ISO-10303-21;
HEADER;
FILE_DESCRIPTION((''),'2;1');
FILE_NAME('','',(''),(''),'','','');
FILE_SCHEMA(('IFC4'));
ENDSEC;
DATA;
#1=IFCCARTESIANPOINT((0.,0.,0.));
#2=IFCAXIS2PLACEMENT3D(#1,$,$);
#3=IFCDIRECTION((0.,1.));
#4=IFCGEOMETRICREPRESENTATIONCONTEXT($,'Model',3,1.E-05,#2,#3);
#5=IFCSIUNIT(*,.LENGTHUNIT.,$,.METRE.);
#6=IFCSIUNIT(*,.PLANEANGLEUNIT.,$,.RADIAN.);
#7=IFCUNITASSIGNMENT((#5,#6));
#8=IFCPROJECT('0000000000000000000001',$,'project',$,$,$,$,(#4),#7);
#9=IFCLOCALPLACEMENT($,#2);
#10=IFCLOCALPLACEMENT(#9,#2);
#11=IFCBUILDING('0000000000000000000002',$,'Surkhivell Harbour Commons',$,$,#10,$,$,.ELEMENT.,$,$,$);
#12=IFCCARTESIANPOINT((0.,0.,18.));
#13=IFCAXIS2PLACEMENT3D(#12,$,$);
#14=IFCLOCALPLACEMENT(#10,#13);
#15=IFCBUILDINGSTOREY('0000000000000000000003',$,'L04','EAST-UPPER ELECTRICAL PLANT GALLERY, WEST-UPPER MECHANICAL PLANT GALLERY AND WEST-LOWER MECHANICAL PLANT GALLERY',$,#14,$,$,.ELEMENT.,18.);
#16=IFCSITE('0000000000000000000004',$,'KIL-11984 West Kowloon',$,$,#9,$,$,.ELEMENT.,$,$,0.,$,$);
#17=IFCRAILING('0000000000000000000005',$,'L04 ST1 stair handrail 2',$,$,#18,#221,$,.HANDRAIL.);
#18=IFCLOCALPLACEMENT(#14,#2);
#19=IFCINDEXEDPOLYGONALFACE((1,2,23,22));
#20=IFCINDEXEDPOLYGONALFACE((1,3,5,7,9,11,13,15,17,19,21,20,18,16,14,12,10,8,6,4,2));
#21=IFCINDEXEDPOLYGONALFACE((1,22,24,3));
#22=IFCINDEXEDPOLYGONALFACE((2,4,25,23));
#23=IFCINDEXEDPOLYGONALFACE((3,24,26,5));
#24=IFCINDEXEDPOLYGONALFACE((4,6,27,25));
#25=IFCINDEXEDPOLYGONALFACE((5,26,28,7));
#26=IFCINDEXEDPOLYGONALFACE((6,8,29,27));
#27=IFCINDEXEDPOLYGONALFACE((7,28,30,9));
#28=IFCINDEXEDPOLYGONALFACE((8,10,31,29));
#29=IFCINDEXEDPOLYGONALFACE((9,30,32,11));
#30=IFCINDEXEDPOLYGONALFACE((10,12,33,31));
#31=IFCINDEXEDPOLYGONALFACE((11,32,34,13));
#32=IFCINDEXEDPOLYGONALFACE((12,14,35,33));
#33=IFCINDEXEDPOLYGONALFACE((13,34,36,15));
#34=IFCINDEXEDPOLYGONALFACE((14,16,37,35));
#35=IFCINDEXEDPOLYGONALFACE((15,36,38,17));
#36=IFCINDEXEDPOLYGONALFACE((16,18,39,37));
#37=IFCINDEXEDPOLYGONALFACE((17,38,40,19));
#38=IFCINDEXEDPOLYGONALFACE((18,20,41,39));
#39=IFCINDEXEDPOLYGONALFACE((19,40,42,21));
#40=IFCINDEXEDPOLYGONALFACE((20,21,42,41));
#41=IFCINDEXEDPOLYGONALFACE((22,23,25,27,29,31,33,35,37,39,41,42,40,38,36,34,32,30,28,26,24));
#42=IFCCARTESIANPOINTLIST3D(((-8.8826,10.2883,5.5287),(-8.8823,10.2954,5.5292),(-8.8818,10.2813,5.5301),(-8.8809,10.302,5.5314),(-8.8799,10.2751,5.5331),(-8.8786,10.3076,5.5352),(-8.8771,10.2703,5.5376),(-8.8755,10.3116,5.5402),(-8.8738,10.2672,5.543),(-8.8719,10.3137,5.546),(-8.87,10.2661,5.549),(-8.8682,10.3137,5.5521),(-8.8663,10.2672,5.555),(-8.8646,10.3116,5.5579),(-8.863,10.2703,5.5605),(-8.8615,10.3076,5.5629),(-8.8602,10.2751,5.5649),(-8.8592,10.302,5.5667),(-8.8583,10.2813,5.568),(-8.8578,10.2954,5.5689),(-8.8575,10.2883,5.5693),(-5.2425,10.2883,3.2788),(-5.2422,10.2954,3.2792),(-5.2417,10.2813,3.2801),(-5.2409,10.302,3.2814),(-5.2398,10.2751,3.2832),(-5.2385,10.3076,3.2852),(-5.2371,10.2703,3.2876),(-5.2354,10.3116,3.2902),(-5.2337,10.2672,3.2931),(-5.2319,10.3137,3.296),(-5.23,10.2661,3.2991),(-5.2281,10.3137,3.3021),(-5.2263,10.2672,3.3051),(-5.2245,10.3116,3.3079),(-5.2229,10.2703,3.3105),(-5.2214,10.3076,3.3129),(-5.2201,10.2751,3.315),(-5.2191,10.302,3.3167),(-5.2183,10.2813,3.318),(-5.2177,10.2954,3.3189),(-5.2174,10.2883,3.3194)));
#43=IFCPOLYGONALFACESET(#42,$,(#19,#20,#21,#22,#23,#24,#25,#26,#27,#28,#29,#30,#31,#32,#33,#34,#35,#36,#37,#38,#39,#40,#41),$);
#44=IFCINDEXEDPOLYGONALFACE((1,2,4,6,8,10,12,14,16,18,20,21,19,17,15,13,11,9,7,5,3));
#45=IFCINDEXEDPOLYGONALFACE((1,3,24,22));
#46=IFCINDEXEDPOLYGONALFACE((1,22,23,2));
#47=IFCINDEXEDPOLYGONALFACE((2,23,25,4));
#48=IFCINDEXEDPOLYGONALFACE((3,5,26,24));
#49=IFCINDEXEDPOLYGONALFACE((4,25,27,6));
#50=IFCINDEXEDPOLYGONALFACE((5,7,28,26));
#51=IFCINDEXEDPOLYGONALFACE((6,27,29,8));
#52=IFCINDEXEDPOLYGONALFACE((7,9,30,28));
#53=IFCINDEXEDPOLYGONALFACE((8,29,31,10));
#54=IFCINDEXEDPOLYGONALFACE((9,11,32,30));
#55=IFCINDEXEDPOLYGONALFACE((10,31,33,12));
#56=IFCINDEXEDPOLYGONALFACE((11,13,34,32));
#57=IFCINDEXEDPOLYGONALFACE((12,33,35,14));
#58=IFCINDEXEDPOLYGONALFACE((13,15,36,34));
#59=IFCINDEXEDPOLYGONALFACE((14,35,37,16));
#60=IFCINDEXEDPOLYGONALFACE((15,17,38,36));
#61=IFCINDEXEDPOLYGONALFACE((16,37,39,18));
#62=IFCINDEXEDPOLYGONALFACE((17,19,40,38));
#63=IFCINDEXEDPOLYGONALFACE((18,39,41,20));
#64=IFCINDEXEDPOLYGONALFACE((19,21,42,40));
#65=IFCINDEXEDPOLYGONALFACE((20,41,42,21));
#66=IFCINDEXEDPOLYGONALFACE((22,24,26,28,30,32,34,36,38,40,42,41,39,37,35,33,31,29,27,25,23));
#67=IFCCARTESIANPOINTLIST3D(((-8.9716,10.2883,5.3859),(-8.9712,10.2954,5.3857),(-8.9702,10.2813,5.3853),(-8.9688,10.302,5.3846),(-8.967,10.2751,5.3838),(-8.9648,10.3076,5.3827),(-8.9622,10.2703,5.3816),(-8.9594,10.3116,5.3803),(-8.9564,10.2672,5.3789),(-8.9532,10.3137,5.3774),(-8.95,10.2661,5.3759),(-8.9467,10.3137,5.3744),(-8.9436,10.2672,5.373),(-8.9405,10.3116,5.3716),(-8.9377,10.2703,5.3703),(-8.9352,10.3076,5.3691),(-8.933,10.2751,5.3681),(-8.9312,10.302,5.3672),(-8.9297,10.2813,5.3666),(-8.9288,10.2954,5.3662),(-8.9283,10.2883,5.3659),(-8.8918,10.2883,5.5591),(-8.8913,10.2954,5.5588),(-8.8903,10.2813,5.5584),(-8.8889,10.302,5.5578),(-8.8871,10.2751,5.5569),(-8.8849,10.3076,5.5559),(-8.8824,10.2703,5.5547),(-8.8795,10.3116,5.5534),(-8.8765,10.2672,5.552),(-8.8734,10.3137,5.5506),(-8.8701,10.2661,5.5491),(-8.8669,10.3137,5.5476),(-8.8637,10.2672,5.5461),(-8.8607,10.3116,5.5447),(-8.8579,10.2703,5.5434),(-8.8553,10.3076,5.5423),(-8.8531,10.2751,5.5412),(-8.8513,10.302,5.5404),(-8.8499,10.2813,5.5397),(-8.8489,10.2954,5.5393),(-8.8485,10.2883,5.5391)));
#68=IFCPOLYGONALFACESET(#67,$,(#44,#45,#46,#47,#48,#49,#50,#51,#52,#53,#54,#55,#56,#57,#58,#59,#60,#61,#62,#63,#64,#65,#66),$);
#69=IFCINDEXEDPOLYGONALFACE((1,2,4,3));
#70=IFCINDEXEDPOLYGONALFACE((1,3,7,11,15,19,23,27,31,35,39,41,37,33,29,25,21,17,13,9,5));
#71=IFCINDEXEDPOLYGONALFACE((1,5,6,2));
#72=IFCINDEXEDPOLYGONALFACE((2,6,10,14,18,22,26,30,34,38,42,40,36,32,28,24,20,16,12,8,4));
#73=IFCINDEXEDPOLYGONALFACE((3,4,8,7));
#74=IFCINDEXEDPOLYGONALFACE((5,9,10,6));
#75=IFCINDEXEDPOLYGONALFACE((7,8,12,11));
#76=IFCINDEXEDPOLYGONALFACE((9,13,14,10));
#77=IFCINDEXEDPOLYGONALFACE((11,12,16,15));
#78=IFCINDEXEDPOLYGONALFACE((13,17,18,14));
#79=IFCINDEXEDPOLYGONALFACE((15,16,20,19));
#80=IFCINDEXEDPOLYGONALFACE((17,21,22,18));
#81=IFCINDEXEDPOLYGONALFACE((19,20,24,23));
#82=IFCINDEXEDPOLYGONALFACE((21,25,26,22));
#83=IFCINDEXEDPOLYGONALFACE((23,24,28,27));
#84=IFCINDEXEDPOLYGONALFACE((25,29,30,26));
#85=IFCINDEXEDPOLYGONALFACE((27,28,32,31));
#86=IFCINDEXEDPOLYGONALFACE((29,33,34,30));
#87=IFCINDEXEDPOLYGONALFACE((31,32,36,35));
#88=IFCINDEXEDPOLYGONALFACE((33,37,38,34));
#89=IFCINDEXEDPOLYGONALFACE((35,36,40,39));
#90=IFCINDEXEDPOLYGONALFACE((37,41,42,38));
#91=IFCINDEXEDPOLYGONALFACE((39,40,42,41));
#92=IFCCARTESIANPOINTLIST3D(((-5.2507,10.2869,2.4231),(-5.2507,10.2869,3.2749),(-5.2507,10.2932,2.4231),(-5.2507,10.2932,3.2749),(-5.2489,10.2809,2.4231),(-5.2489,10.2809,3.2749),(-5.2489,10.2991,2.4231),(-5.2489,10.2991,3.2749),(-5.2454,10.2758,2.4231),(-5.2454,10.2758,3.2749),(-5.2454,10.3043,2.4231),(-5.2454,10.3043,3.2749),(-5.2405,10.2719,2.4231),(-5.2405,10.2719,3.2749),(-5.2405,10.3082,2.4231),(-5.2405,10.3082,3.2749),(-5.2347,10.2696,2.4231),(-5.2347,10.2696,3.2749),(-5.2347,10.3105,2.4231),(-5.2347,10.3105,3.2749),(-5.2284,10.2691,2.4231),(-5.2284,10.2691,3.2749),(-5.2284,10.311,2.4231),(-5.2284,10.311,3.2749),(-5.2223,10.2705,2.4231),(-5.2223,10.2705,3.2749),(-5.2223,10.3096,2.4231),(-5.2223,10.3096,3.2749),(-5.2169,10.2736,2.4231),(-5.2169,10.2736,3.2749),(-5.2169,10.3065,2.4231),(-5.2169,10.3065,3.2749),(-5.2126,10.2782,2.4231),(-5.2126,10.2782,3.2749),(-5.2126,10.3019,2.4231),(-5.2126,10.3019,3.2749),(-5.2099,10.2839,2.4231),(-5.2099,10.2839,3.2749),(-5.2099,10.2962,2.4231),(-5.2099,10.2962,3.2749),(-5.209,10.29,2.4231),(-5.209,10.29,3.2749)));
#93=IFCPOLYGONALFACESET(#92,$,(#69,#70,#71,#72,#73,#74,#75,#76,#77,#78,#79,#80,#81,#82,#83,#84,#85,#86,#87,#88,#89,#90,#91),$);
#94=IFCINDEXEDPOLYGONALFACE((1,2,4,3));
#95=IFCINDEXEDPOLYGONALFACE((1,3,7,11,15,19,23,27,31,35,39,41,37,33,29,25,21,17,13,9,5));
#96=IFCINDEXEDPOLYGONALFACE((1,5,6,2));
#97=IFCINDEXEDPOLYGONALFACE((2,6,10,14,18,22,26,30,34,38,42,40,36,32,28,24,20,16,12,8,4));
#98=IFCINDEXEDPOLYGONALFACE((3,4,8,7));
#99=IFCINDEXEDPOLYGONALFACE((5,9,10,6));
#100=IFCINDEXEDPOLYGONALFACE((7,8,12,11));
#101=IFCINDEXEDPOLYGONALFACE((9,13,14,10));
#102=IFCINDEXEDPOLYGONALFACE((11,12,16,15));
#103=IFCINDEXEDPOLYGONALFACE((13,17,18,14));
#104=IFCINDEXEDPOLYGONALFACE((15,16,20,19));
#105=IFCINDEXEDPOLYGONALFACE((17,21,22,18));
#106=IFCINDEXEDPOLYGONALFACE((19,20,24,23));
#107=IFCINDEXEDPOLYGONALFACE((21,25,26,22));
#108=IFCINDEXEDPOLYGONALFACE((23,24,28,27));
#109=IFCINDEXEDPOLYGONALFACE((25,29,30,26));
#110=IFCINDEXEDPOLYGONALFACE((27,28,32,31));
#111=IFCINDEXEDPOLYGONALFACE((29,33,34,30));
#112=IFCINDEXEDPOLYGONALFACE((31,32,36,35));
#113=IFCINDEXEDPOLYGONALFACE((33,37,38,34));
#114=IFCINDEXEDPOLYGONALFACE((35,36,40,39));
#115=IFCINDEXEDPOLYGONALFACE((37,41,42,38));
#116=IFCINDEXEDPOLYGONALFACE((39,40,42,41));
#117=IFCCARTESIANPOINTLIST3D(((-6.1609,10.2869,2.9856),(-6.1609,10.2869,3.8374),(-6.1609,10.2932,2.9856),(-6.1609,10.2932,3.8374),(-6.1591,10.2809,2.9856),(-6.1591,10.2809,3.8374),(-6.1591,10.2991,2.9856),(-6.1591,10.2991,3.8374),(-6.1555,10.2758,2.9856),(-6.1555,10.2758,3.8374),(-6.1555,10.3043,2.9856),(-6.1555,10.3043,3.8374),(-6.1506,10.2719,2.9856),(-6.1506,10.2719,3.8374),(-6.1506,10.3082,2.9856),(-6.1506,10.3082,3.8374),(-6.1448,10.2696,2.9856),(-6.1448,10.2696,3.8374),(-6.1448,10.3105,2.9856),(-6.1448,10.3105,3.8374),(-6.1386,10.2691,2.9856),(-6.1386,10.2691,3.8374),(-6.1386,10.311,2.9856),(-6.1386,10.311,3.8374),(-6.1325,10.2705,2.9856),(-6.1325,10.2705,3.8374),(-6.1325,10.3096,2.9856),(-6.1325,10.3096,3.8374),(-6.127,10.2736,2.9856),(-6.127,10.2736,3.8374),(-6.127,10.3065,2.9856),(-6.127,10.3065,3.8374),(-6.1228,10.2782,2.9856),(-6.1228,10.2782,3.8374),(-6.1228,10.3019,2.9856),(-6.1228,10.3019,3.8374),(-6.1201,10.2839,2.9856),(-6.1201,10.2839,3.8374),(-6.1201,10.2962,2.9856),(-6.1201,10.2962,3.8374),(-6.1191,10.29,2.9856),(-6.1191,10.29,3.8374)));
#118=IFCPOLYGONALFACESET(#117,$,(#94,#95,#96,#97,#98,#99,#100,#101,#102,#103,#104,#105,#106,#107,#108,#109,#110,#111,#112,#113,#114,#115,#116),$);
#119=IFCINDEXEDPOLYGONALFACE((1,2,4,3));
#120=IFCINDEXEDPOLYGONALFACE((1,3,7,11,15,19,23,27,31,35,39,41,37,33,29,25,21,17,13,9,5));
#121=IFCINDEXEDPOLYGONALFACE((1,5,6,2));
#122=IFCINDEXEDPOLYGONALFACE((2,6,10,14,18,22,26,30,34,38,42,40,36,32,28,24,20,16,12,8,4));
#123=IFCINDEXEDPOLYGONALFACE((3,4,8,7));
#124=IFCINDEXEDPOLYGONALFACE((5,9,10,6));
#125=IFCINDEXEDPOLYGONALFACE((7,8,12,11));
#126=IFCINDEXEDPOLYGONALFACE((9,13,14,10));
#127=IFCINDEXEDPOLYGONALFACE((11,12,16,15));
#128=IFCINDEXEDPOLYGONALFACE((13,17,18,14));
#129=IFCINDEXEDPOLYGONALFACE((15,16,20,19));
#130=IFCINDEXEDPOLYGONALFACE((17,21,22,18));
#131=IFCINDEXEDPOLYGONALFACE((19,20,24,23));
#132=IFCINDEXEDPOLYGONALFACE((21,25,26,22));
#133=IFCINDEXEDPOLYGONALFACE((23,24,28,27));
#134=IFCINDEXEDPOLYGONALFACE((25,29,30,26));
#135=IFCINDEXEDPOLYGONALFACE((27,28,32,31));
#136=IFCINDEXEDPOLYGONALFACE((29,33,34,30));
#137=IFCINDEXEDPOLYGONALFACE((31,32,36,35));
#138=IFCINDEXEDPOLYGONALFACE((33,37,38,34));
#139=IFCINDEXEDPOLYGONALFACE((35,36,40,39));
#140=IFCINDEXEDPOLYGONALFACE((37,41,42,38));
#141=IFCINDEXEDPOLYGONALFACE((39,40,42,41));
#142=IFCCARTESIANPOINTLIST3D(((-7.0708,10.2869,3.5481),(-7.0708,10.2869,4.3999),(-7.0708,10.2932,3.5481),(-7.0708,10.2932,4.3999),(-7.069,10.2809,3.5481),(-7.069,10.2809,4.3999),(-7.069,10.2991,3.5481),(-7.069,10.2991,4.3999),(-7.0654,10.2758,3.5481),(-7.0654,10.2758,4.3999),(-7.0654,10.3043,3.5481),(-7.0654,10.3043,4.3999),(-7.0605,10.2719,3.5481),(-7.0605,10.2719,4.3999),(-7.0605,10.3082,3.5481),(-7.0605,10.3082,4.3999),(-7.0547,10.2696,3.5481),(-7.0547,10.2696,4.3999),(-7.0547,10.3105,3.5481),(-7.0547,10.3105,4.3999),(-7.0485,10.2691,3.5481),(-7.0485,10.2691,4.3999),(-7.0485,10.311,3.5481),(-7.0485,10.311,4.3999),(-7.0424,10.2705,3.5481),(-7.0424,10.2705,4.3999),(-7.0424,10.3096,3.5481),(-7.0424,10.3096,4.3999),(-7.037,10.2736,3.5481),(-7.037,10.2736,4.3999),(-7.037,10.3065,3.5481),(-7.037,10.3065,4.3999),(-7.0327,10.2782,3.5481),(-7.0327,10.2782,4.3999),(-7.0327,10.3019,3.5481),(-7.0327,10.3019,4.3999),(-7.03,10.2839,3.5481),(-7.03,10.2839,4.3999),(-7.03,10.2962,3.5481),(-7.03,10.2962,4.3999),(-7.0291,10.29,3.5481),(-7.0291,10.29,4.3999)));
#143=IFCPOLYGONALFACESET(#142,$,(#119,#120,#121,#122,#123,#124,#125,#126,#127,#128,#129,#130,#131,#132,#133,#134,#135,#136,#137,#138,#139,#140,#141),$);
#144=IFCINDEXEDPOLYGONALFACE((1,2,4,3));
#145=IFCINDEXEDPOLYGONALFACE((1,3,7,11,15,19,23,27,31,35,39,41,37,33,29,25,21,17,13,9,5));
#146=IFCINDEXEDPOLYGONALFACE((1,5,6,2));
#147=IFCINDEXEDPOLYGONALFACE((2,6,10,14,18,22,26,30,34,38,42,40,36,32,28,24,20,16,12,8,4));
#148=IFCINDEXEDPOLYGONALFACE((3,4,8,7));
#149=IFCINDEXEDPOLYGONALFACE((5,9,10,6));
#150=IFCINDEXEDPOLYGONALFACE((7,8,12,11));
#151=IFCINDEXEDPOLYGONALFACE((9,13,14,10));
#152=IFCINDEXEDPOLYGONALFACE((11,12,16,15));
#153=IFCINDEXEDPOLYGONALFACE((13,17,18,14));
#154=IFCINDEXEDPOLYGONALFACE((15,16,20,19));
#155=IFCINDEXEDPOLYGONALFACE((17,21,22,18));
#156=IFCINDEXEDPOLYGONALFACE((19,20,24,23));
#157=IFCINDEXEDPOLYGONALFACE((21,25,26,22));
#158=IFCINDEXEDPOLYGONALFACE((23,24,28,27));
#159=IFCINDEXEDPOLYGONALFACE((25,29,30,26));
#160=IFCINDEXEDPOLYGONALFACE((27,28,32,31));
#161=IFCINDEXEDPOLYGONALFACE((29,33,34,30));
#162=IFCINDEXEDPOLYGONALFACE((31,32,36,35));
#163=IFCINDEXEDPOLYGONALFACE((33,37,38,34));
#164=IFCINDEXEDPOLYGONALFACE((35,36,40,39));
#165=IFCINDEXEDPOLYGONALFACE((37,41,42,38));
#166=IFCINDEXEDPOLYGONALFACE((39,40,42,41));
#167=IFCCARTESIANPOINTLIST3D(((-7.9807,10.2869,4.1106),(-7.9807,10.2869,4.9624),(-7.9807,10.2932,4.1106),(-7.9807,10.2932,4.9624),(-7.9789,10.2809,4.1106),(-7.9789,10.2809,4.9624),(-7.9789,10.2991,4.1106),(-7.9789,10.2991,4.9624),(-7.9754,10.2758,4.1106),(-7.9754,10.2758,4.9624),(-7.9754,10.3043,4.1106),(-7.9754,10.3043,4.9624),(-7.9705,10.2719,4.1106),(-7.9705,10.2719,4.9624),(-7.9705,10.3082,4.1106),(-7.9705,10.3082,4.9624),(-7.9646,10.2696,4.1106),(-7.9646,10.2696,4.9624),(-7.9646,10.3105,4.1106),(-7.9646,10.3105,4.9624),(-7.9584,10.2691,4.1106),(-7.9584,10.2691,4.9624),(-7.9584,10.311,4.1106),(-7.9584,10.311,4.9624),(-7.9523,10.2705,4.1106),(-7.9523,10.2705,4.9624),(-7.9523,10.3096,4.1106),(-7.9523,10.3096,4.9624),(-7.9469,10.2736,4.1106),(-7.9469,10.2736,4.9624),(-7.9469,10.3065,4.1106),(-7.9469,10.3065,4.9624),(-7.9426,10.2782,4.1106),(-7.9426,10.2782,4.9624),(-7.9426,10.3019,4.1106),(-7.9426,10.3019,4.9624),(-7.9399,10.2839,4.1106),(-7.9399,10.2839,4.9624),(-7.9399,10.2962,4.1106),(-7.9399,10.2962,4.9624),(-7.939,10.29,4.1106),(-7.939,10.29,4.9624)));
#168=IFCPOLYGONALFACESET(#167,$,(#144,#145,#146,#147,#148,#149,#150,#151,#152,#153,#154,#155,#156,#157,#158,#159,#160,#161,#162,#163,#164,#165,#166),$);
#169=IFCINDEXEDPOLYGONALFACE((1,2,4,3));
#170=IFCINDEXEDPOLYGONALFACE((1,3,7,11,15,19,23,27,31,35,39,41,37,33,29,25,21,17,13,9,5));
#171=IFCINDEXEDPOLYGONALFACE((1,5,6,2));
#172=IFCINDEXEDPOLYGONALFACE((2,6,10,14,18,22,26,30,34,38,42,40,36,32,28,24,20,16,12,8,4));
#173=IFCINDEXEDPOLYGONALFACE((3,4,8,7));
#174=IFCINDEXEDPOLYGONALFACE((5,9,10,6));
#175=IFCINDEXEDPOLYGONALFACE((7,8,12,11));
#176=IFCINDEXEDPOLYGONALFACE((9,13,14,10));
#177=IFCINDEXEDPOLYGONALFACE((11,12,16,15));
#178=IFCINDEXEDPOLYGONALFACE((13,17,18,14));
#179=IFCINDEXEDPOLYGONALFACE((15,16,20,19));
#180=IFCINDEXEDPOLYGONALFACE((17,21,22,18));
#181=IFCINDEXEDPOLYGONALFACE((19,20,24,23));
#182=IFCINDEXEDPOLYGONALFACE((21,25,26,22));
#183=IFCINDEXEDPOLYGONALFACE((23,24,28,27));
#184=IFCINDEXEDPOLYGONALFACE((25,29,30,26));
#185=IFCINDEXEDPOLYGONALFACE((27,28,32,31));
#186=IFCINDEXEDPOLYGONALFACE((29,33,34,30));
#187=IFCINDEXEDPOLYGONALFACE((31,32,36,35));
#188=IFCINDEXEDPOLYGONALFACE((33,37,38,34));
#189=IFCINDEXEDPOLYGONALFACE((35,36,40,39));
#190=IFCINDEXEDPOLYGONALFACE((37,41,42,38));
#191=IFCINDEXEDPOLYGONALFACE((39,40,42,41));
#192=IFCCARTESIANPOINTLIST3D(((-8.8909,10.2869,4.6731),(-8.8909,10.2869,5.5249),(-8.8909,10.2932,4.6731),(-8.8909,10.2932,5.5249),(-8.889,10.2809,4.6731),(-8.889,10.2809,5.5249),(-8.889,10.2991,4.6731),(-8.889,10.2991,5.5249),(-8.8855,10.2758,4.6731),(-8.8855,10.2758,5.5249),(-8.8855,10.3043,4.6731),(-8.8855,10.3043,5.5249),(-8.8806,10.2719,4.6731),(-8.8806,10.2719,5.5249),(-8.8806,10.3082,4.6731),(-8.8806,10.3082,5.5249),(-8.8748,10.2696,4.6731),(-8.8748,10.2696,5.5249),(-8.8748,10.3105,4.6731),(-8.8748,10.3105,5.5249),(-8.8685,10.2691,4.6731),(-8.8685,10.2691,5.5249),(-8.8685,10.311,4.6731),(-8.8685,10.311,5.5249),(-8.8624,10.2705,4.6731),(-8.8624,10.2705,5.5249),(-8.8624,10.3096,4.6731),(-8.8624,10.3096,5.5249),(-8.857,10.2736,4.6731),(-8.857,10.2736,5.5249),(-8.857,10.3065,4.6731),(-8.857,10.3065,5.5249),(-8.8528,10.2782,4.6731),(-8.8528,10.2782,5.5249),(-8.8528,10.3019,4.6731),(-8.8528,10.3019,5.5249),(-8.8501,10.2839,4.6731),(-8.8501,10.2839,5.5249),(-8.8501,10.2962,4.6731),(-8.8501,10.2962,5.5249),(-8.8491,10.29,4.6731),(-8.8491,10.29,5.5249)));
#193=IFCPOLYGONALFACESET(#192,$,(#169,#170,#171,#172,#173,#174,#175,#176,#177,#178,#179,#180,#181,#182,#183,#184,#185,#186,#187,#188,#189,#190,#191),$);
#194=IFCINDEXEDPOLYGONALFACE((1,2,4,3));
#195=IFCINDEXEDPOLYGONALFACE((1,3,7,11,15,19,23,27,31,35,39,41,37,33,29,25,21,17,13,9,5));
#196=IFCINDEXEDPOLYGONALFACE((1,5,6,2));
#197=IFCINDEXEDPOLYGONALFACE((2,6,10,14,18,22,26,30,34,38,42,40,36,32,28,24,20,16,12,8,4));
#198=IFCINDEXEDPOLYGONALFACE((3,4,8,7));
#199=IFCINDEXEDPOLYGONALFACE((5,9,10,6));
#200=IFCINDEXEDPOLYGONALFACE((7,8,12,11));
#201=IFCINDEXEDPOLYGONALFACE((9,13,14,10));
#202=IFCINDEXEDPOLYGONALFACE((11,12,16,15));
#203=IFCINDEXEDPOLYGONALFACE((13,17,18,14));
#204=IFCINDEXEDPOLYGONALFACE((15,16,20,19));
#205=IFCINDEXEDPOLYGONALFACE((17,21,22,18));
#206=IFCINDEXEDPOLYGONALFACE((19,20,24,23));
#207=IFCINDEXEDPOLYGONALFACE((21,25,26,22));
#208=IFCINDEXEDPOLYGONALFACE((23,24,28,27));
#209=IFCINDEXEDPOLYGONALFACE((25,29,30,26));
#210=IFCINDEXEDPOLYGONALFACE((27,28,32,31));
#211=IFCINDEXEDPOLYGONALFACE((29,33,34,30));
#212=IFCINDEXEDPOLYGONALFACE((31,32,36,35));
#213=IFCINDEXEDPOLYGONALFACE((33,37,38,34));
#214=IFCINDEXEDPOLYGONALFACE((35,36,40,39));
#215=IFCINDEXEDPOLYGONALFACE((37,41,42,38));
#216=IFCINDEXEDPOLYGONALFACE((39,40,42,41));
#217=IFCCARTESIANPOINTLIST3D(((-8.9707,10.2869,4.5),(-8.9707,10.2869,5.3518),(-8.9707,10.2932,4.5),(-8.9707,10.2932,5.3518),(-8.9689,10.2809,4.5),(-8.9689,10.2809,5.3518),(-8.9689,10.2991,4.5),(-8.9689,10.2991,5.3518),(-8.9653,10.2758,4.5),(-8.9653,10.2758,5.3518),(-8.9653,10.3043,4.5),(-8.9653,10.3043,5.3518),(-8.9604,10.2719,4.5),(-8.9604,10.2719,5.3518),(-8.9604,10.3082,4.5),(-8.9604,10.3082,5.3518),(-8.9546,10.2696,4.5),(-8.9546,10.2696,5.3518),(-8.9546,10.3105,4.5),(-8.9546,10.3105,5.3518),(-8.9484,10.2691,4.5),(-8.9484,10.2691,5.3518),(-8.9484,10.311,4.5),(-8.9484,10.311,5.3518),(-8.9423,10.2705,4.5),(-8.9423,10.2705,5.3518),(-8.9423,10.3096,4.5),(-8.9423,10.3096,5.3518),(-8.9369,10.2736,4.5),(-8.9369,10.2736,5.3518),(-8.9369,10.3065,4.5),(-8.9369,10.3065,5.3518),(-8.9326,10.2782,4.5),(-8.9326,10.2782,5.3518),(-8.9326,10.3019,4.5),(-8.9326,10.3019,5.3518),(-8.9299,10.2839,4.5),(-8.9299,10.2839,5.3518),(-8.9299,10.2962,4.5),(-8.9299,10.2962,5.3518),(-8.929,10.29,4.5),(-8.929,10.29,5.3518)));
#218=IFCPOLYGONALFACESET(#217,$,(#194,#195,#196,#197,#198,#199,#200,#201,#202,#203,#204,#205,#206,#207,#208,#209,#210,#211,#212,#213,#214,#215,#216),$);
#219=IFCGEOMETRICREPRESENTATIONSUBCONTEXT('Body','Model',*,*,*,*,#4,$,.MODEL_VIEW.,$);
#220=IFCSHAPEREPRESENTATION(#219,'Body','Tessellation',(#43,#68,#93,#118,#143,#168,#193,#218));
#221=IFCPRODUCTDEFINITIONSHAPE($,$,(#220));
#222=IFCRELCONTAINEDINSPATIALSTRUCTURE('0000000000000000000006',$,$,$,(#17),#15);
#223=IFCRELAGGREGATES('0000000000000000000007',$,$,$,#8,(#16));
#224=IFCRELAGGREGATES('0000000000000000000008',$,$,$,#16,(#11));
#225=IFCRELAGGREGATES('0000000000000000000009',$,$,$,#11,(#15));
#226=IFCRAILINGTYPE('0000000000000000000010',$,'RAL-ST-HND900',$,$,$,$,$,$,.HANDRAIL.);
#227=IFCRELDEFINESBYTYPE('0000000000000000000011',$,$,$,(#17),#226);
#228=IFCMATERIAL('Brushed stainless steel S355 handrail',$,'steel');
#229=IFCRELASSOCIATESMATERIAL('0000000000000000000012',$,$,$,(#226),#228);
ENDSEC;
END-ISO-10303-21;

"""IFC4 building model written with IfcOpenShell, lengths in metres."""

from ifc_helpers import new_model, si_unit, direction, frame, origin, origin_2d, place, context, subcontext, project, spatial, circle, extrude, material, type_object, element, save


model = new_model("IFC4")

# Units and contexts
model_context = context("Model", 3, precision=1e-05, world=origin(), true_north=direction((0.0, 1.0)))
body_context = subcontext(model_context, "Body", "Model", "MODEL_VIEW")
ifc_project = project(units=[si_unit("LENGTHUNIT", "METRE"), si_unit("PLANEANGLEUNIT", "RADIAN")], contexts=[model_context])

# Site, building, storey
site_placement = place(None, origin())
site = spatial("IfcSite", under=ifc_project, at=site_placement, Name="KIL-11984 West Kowloon", CompositionType="ELEMENT", RefElevation=0.0)
building_placement = place(site_placement, origin())
building = spatial("IfcBuilding", under=site, at=building_placement, Name="Surkhivell Harbour Commons", CompositionType="ELEMENT")
storey_placement = place(building_placement, frame((0.0, 0.0, 18.0)))
storey = spatial("IfcBuildingStorey", under=building, at=storey_placement, Name="L04", Description="EAST-UPPER ELECTRICAL PLANT GALLERY, WEST-UPPER MECHANICAL PLANT GALLERY AND WEST-LOWER MECHANICAL PLANT GALLERY", CompositionType="ELEMENT", Elevation=18.0)

# Railing
ifc_material_1 = material(Name="Brushed stainless steel S355 handrail", Category="steel")
railing_type_1 = type_object("IfcRailingType", Name="RAL-ST-HND900", PredefinedType="HANDRAIL", material=ifc_material_1)
railing_1_placement = place(storey_placement, frame((-5.23, 10.29, 2.4231)))
element("IfcRailing", 1, at=railing_1_placement, inside=storey, type_object=railing_type_1, Name="L04 ST1 stair handrail 2", PredefinedType="HANDRAIL", context=body_context, shape_type="SweptSolid", body=[
    extrude(circle(Radius=0.0239, at=origin_2d()), frame((0.0, 0.0, 0.876), z_axis=(-0.850622, 0.0, 0.525777), x_axis=(0.0, -1.0, 0.0)), (0.0, 0.0, 1.0), 4.2793),
    extrude(circle(Radius=0.0239, at=origin_2d()), frame((-3.6401, 0.0, 3.126), z_axis=(-0.418815, 0.0, -0.908072), x_axis=(0.0, -1.0, 0.0)), (0.0, 0.0, 1.0), 0.1907),
    extrude(circle(Radius=0.021, at=origin_2d()), origin(), (0.0, 0.0, 1.0), 0.8518),
    extrude(circle(Radius=0.021, at=origin_2d()), frame((-0.9102, 0.0, 0.5625)), (0.0, 0.0, 1.0), 0.8518),
    extrude(circle(Radius=0.021, at=origin_2d()), frame((-1.8201, 0.0, 1.125)), (0.0, 0.0, 1.0), 0.8518),
    extrude(circle(Radius=0.021, at=origin_2d()), frame((-2.73, 0.0, 1.6875)), (0.0, 0.0, 1.0), 0.8518),
    extrude(circle(Radius=0.021, at=origin_2d()), frame((-3.6401, 0.0, 2.25)), (0.0, 0.0, 1.0), 0.8518),
    extrude(circle(Radius=0.021, at=origin_2d()), frame((-3.72, 0.0, 2.0769)), (0.0, 0.0, 1.0), 0.8518),
])

save(model, "model.ifc")
